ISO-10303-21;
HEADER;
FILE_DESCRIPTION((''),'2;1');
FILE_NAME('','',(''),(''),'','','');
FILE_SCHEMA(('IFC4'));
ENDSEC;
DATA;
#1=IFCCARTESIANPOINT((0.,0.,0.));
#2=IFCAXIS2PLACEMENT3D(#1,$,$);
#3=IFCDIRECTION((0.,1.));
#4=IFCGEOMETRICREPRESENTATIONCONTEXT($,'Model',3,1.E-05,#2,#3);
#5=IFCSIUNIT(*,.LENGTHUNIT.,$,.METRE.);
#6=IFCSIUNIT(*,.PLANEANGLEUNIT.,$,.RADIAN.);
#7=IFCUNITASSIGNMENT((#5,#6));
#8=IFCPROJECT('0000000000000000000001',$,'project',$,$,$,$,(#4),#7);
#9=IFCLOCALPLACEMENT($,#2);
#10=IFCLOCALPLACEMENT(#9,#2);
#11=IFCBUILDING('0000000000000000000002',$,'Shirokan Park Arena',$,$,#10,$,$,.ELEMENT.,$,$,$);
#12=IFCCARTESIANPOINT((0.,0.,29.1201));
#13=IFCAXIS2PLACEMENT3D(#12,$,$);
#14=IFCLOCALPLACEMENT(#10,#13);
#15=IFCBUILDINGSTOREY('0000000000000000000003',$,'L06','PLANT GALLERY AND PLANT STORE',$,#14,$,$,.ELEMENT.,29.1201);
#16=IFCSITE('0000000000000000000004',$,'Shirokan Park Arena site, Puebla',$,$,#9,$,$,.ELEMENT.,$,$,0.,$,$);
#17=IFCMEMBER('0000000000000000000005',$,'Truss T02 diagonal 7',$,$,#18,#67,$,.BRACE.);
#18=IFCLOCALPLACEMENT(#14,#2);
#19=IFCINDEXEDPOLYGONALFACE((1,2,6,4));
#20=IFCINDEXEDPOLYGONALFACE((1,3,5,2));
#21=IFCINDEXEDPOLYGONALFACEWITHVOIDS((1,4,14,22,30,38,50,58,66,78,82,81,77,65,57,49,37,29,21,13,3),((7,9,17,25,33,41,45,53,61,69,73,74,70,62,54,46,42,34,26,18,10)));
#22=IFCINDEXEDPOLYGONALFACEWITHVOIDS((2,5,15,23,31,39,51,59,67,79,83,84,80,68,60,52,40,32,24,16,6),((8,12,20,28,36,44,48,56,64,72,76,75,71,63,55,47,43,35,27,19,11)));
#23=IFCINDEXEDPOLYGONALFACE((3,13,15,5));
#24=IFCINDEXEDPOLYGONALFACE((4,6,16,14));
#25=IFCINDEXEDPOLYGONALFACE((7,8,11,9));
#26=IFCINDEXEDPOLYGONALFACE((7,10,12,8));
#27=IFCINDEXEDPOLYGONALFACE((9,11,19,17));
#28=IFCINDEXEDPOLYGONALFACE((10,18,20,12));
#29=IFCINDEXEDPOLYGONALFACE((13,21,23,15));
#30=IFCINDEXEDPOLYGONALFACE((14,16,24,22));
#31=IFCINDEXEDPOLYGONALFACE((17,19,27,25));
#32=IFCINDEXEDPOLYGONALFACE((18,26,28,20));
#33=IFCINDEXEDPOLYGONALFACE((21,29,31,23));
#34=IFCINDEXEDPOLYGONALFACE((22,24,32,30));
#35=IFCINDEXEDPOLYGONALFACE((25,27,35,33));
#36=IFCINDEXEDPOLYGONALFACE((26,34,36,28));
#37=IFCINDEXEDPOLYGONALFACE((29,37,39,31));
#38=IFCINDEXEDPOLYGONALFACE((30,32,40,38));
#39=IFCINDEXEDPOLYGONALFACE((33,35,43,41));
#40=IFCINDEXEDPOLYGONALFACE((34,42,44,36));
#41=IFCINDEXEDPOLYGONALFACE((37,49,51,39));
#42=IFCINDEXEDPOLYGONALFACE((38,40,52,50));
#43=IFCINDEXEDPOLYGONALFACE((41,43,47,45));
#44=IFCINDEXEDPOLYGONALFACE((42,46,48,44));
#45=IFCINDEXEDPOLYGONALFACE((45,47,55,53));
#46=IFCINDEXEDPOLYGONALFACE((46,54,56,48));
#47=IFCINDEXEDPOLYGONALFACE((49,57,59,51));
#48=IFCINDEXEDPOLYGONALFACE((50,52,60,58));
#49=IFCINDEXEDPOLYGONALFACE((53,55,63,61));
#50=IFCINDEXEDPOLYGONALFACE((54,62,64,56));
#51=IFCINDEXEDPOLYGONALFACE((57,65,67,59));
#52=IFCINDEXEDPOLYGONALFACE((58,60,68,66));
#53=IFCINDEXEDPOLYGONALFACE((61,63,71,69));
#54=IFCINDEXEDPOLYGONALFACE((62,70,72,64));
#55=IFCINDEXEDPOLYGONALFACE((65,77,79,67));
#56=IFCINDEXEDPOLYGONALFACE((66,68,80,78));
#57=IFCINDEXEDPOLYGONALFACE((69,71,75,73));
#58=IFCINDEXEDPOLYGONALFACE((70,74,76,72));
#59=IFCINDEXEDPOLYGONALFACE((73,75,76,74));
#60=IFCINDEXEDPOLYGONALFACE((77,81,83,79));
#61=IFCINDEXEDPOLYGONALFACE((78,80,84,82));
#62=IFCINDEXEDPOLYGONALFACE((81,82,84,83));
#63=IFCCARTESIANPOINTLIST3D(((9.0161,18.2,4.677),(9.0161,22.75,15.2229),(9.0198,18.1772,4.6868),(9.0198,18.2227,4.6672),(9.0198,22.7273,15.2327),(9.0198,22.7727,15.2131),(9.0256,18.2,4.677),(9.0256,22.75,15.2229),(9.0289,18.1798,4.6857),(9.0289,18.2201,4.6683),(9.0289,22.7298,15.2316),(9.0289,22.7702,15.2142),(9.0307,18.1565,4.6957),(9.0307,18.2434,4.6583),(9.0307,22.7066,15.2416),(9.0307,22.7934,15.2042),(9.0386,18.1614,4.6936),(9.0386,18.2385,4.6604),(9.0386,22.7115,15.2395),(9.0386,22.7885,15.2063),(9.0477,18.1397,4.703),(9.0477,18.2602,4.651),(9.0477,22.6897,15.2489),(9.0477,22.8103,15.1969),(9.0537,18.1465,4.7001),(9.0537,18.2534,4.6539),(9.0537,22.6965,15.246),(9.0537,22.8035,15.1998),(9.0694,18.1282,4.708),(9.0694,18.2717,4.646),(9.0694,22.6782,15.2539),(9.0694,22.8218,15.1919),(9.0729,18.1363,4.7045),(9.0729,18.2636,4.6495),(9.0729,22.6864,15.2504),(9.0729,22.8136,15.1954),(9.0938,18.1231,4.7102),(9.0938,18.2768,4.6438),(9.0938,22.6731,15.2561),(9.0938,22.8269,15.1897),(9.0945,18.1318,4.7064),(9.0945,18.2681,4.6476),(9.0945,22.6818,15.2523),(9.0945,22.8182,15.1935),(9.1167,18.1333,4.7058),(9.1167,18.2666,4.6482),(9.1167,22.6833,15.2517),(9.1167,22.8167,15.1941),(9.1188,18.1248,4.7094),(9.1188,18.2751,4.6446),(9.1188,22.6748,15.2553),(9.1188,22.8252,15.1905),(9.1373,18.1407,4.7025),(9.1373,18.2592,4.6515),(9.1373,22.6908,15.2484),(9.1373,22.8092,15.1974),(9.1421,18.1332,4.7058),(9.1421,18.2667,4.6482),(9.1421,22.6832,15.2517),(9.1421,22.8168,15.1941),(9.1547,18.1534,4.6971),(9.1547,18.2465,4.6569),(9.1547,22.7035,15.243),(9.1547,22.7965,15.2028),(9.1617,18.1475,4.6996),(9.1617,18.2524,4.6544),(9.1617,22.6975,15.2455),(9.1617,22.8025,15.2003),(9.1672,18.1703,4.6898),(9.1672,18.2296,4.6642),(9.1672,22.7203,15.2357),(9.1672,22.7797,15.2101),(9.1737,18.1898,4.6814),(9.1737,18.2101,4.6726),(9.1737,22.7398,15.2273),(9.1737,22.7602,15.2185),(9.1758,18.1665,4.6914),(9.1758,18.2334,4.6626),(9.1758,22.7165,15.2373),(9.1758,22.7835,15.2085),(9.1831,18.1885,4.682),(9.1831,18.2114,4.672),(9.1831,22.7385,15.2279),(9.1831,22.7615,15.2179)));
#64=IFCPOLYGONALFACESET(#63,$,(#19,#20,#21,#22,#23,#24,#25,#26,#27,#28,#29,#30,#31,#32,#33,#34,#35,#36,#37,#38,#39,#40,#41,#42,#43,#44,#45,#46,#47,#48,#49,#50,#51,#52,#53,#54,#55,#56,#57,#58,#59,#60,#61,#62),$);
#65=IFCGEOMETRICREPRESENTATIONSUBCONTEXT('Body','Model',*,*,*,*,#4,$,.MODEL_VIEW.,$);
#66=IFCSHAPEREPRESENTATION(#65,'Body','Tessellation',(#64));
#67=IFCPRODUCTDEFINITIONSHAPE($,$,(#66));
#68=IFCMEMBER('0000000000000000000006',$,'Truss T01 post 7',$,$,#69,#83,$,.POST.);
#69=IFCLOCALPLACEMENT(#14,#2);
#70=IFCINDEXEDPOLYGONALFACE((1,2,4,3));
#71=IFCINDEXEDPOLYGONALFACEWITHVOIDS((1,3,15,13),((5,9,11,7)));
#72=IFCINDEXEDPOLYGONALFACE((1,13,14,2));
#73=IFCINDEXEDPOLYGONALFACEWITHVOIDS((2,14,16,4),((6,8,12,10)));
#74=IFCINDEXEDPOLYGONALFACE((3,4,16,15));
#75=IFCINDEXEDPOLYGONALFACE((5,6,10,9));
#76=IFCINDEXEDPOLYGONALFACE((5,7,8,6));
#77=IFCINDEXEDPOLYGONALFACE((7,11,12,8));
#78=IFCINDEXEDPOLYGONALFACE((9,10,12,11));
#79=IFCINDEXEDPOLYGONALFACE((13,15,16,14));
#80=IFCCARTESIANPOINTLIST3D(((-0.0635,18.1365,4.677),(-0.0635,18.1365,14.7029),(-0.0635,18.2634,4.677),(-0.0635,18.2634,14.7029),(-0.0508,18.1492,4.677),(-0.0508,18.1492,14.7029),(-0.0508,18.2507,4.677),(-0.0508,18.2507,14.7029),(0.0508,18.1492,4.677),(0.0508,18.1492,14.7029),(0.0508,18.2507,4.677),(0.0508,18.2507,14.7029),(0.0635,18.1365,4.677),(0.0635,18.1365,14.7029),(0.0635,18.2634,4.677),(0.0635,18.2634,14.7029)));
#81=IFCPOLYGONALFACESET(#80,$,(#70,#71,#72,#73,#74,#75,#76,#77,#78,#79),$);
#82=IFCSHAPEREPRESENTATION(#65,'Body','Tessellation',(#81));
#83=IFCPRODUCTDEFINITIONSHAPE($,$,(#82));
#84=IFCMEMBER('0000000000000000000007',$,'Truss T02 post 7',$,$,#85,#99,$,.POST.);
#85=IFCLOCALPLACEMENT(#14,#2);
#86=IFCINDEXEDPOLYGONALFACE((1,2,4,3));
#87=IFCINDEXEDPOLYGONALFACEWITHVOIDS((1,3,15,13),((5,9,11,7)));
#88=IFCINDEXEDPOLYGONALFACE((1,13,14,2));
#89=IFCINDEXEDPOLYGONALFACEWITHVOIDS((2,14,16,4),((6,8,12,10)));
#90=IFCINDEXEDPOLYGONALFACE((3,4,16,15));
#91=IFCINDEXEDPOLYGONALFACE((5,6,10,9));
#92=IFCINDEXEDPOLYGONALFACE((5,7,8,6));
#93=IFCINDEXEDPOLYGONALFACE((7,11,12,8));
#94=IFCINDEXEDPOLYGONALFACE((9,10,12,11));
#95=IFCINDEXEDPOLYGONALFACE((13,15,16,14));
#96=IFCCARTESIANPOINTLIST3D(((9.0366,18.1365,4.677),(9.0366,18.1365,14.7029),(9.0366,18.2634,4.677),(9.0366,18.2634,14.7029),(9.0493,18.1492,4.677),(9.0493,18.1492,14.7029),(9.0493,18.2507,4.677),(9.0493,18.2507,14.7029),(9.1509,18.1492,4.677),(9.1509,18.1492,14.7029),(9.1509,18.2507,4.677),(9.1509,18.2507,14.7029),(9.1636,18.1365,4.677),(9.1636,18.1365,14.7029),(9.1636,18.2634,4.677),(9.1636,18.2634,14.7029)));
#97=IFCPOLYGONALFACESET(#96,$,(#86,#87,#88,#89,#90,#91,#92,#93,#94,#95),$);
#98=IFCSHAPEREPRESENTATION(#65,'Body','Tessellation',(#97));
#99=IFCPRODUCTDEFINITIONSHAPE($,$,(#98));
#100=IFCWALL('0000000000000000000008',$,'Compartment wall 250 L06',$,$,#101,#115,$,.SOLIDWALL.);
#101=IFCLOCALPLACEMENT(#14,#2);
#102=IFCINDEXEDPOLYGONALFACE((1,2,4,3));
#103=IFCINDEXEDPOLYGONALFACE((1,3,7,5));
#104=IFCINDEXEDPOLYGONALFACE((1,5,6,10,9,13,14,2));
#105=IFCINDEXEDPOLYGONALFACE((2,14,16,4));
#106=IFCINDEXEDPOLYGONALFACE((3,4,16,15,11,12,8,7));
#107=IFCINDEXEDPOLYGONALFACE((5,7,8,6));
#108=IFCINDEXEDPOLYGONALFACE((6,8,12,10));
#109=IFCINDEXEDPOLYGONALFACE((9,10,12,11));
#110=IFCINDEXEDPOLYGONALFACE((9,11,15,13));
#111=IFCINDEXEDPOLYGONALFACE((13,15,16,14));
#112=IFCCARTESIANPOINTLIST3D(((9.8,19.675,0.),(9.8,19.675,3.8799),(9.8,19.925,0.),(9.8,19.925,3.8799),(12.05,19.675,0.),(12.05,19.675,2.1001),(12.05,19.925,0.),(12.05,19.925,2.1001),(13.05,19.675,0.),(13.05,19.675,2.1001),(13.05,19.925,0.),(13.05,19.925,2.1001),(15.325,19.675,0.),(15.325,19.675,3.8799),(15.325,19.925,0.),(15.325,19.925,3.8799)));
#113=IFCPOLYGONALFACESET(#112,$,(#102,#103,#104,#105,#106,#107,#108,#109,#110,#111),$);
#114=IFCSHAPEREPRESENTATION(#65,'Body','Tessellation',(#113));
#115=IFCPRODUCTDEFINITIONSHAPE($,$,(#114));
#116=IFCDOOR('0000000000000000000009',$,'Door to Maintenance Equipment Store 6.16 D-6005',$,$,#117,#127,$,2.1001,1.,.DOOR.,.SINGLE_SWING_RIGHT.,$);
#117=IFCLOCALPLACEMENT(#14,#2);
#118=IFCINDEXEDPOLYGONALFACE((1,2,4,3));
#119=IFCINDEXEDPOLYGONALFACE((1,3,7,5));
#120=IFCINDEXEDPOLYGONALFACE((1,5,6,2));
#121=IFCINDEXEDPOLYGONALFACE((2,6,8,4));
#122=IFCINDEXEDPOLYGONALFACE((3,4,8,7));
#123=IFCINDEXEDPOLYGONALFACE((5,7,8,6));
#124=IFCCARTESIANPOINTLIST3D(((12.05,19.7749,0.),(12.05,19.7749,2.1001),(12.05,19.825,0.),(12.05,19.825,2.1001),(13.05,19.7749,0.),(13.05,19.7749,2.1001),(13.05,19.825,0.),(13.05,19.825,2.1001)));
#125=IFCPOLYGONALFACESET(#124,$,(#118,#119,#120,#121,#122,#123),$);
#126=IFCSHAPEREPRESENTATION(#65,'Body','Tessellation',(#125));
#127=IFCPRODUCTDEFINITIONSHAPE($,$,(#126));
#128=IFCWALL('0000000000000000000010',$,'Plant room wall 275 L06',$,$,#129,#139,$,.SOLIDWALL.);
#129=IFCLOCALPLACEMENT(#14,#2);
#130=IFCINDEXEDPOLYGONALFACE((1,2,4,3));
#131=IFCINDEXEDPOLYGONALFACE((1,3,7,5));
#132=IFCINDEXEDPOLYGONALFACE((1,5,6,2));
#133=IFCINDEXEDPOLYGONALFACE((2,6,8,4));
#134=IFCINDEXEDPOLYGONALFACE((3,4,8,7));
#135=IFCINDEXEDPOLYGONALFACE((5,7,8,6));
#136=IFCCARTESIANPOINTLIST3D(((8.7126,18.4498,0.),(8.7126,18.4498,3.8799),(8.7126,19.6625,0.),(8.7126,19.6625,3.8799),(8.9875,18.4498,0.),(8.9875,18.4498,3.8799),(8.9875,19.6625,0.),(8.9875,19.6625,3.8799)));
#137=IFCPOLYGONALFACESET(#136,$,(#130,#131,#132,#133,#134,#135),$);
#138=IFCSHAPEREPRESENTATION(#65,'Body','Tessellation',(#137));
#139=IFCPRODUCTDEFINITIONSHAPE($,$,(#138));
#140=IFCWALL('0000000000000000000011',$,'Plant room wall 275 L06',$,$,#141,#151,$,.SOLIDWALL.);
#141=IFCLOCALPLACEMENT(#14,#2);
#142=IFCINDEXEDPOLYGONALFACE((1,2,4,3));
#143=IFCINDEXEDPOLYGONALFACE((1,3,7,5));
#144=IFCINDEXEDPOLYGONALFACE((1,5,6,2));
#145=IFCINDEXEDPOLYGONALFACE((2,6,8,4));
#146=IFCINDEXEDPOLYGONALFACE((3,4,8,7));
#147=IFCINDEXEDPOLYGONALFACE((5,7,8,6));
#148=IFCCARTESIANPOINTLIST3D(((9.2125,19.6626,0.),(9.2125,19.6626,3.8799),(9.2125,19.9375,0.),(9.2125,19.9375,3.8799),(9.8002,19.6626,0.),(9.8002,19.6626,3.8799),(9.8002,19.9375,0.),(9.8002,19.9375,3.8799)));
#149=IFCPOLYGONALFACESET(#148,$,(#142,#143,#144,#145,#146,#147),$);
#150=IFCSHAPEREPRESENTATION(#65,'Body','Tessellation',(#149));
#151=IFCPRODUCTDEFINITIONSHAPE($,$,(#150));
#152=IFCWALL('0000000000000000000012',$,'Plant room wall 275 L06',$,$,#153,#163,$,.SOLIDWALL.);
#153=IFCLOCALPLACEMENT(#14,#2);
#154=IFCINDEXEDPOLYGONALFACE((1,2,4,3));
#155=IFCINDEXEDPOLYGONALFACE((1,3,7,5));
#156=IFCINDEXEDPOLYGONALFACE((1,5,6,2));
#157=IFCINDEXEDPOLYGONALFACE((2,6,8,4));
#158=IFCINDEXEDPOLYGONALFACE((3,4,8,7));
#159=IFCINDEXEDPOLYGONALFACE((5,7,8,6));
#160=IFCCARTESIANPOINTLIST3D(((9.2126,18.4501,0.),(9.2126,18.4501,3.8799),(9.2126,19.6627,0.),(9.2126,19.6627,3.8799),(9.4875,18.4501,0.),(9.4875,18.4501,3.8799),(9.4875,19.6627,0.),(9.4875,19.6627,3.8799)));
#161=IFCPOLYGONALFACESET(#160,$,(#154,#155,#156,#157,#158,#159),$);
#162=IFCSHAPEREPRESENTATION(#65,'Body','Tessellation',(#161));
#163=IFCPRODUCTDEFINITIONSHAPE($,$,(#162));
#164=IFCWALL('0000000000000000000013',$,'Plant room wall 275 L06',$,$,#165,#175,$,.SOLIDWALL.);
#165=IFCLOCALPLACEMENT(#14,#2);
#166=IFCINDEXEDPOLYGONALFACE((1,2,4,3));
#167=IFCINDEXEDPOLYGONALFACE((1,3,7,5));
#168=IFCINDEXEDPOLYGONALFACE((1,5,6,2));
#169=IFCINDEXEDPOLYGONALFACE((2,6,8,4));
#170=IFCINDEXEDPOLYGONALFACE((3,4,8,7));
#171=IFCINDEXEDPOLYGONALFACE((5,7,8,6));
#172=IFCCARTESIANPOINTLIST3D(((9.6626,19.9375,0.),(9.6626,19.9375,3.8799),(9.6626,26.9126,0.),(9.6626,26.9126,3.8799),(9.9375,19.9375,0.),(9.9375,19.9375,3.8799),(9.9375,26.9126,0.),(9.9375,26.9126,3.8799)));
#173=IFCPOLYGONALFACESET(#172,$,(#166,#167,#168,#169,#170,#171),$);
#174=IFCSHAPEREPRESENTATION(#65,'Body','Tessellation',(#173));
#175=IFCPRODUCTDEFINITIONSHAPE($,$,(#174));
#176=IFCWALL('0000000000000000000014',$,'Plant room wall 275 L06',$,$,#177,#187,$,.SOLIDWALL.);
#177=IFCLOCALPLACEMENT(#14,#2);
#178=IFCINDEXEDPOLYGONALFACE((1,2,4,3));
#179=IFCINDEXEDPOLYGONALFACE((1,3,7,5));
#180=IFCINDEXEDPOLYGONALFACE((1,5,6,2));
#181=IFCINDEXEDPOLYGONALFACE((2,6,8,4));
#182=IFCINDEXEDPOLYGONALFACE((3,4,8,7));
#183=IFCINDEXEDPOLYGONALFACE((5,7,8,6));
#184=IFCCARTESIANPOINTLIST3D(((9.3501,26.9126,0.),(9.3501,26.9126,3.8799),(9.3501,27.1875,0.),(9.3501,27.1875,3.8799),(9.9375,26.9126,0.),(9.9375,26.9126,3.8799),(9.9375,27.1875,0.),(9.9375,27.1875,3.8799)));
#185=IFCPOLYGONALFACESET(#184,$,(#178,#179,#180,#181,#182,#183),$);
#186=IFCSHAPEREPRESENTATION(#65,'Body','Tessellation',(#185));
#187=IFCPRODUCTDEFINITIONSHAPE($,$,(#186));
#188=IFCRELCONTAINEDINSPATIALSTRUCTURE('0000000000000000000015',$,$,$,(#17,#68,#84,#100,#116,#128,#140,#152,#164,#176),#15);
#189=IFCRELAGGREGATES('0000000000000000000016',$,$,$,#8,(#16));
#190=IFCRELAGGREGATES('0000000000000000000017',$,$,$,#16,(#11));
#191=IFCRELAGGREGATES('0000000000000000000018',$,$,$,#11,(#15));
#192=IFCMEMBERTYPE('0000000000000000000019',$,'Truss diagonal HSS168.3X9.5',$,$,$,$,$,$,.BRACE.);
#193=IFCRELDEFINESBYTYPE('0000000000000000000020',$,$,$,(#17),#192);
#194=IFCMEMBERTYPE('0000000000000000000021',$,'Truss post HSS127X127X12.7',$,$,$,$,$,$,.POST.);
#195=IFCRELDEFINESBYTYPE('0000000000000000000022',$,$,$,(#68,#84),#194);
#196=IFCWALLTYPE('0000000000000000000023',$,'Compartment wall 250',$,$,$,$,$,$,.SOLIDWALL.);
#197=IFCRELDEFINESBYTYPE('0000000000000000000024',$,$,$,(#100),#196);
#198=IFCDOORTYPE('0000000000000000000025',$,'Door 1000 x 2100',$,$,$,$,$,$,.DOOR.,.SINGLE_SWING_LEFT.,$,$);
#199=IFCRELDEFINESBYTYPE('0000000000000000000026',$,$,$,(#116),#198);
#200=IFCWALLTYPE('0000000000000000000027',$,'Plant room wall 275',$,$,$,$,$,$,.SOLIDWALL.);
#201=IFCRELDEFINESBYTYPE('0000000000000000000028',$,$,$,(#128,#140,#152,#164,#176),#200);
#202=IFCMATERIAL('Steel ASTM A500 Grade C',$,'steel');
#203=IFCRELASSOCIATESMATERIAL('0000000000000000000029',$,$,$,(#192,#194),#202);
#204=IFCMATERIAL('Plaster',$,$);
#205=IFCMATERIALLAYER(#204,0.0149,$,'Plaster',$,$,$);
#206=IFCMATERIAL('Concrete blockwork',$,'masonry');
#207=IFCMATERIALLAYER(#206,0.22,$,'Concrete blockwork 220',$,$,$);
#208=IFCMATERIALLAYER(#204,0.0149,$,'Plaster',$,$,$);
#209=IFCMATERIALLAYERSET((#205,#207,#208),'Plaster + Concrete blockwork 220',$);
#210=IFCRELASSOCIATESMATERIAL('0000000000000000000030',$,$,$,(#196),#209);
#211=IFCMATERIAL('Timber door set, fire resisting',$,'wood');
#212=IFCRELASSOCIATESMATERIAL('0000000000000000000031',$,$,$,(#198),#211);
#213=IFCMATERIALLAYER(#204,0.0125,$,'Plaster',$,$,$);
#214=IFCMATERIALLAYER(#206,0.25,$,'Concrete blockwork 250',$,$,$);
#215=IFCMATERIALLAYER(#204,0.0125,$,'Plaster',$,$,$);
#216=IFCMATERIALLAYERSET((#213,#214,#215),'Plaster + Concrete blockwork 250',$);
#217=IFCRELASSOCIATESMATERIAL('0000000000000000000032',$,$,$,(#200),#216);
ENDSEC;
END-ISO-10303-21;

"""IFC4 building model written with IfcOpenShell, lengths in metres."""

from ifc_helpers import new_model, si_unit, direction, frame, frame_2d, origin, origin_2d, place, context, subcontext, project, spatial, rectangle, hollow_rectangle, hollow_circle, extrude, material, layer, layer_set, material_profile, profile_set, type_object, element, fill, save


model = new_model("IFC4")

# Units and contexts
model_context = context("Model", 3, precision=1e-05, world=origin(), true_north=direction((0.0, 1.0)))
body_context = subcontext(model_context, "Body", "Model", "MODEL_VIEW")
ifc_project = project(units=[si_unit("LENGTHUNIT", "METRE"), si_unit("PLANEANGLEUNIT", "RADIAN")], contexts=[model_context])

# Site, building, storey
site_placement = place(None, origin())
site = spatial("IfcSite", under=ifc_project, at=site_placement, Name="Shirokan Park Arena site, Puebla", CompositionType="ELEMENT", RefElevation=0.0)
building_placement = place(site_placement, origin())
building = spatial("IfcBuilding", under=site, at=building_placement, Name="Shirokan Park Arena", CompositionType="ELEMENT")
storey_placement = place(building_placement, frame((0.0, 0.0, 29.1201)))
storey = spatial("IfcBuildingStorey", under=building, at=storey_placement, Name="L06", Description="PLANT GALLERY AND PLANT STORE", CompositionType="ELEMENT", Elevation=29.1201)

# Shared definitions
ifc_material_1 = material(Name="Steel ASTM A500 Grade C", Category="steel")

# Members
ifc_material_profile_1 = material_profile(ifc_material_1, hollow_circle(Radius=0.084, WallThickness=0.0095, at=origin_2d()), Name="HSS168.3X9.5")
ifc_profile_set_1 = profile_set([ifc_material_profile_1], Name="Steel ASTM A500 Grade C")
member_type_1 = type_object("IfcMemberType", Name="Truss diagonal HSS168.3X9.5", PredefinedType="BRACE", material=ifc_profile_set_1)
member_1_placement = place(storey_placement, frame((9.1001, 18.2, 4.677), z_axis=(0.0, 0.396153, 0.918185), x_axis=(-1.0, 0.0, 0.0)))
element("IfcMember", 1, at=member_1_placement, inside=storey, type_object=member_type_1, Name="Truss T02 diagonal 7", PredefinedType="BRACE", context=body_context, shape_type="SweptSolid", body=[
    extrude(hollow_circle(Radius=0.084, WallThickness=0.0095, at=origin_2d()), origin(), (0.0, 0.0, 1.0), 11.4856),
])
ifc_material_profile_2 = material_profile(ifc_material_1, hollow_rectangle(XDim=0.127, YDim=0.127, WallThickness=0.0127, at=origin_2d()), Name="HSS127X127X12.7")
ifc_profile_set_2 = profile_set([ifc_material_profile_2], Name="Steel ASTM A500 Grade C")
member_type_2 = type_object("IfcMemberType", Name="Truss post HSS127X127X12.7", PredefinedType="POST", material=ifc_profile_set_2)
for number, where, z_axis, x_axis, name in (
    (2, (0.0, 18.2, 4.677), (0.0, 0.0, 1.0), (1.0, 0.0, 0.0), "Truss T01 post 7"),
    (3, (9.1001, 18.2, 4.677), (0.0, 0.0, 1.0), (1.0, 0.0, 0.0), "Truss T02 post 7"),
):
    element("IfcMember", number, at=place(storey_placement, frame(where, z_axis=z_axis, x_axis=x_axis)), inside=storey, type_object=member_type_2, Name=name, PredefinedType="POST", context=body_context, shape_type="SweptSolid", body=[
        extrude(hollow_rectangle(XDim=0.127, YDim=0.127, WallThickness=0.0127, at=origin_2d()), origin(), (0.0, 0.0, 1.0), 10.0259),
    ])

# Wall, opening, door
ifc_material_2 = material(Name="Plaster")
ifc_layer_1 = layer(ifc_material_2, 0.0149, Name="Plaster")
ifc_material_3 = material(Name="Concrete blockwork", Category="masonry")
ifc_layer_2 = layer(ifc_material_3, 0.22, Name="Concrete blockwork 220")
ifc_layer_3 = layer(ifc_material_2, 0.0149, Name="Plaster")
ifc_layer_set_1 = layer_set([ifc_layer_1, ifc_layer_2, ifc_layer_3], Name="Plaster + Concrete blockwork 220")
wall_type_1 = type_object("IfcWallType", Name="Compartment wall 250", PredefinedType="SOLIDWALL", material=ifc_layer_set_1)
wall_1_placement = place(storey_placement, frame((9.8, 19.8, 0.0), z_axis=(0.0, 0.0, 1.0), x_axis=(1.0, 0.0, 0.0)))
wall_1 = element("IfcWall", 4, at=wall_1_placement, inside=storey, type_object=wall_type_1, Name="Compartment wall 250 L06", PredefinedType="SOLIDWALL", context=body_context, shape_type="SweptSolid", body=[
    extrude(rectangle(XDim=5.5249, YDim=0.25, at=frame_2d((2.7625, 0.0))), origin(), (0.0, 0.0, 1.0), 3.8799),
])
opening_1_placement = place(wall_1_placement, frame((2.25, 0.0, 0.0)))
opening_1 = element("IfcOpeningElement", 5, at=opening_1_placement, cuts=wall_1, PredefinedType="OPENING", context=body_context, shape_type="SweptSolid", body=[
    extrude(rectangle(XDim=1.0, YDim=2.1001, at=frame_2d((0.5, 1.05))), frame((0.0, 0.135, 0.0), z_axis=(0.0, -1.0, 0.0), x_axis=(1.0, 0.0, 0.0)), (0.0, 0.0, 1.0), 0.27),
])
ifc_material_4 = material(Name="Timber door set, fire resisting", Category="wood")
door_type_1 = type_object("IfcDoorType", Name="Door 1000 x 2100", OperationType="SINGLE_SWING_LEFT", PredefinedType="DOOR", material=ifc_material_4)
door_1_placement = place(opening_1_placement, origin())
door_1 = element("IfcDoor", 6, at=door_1_placement, inside=storey, type_object=door_type_1, Name="Door to Maintenance Equipment Store 6.16 D-6005", OperationType="SINGLE_SWING_RIGHT", OverallHeight=2.1001, OverallWidth=1.0, PredefinedType="DOOR", context=body_context, shape_type="SweptSolid", body=[
    extrude(rectangle(XDim=1.0, YDim=2.1001, at=frame_2d((0.5, 1.05))), frame((0.0, 0.0249, 0.0), z_axis=(0.0, -1.0, 0.0), x_axis=(1.0, 0.0, 0.0)), (0.0, 0.0, 1.0), 0.05),
])
fill(opening_1, door_1)

# Shared definitions
ifc_layer_4 = layer(ifc_material_2, 0.0125, Name="Plaster")
ifc_layer_5 = layer(ifc_material_3, 0.25, Name="Concrete blockwork 250")
ifc_layer_6 = layer(ifc_material_2, 0.0125, Name="Plaster")
ifc_layer_set_2 = layer_set([ifc_layer_4, ifc_layer_5, ifc_layer_6], Name="Plaster + Concrete blockwork 250")
wall_type_2 = type_object("IfcWallType", Name="Plant room wall 275", PredefinedType="SOLIDWALL", material=ifc_layer_set_2)

# Walls
wall_2_placement = place(storey_placement, frame((8.8501, 19.6626, 0.0), z_axis=(0.0, 0.0, 1.0), x_axis=(0.0, -1.0, 0.0)))
element("IfcWall", 7, at=wall_2_placement, inside=storey, type_object=wall_type_2, Name="Plant room wall 275 L06", PredefinedType="SOLIDWALL", context=body_context, shape_type="SweptSolid", body=[
    extrude(rectangle(XDim=1.2126, YDim=0.2749, at=frame_2d((0.6064, 0.0))), origin(), (0.0, 0.0, 1.0), 3.8799),
])
wall_3_placement = place(storey_placement, frame((9.2124, 19.8, 0.0), z_axis=(0.0, 0.0, 1.0), x_axis=(1.0, 0.0, 0.0)))
element("IfcWall", 8, at=wall_3_placement, inside=storey, type_object=wall_type_2, Name="Plant room wall 275 L06", PredefinedType="SOLIDWALL", context=body_context, shape_type="SweptSolid", body=[
    extrude(rectangle(XDim=0.5876, YDim=0.2749, at=frame_2d((0.2939, 0.0))), origin(), (0.0, 0.0, 1.0), 3.8799),
])
wall_4_placement = place(storey_placement, frame((9.3501, 18.45, 0.0), z_axis=(0.0, 0.0, 1.0), x_axis=(0.0, 1.0, 0.0)))
element("IfcWall", 9, at=wall_4_placement, inside=storey, type_object=wall_type_2, Name="Plant room wall 275 L06", PredefinedType="SOLIDWALL", context=body_context, shape_type="SweptSolid", body=[
    extrude(rectangle(XDim=1.2126, YDim=0.2749, at=frame_2d((0.6064, 0.0))), origin(), (0.0, 0.0, 1.0), 3.8799),
])
wall_5_placement = place(storey_placement, frame((9.8, 19.9375, 0.0), z_axis=(0.0, 0.0, 1.0), x_axis=(0.0, 1.0, 0.0)))
element("IfcWall", 10, at=wall_5_placement, inside=storey, type_object=wall_type_2, Name="Plant room wall 275 L06", PredefinedType="SOLIDWALL", context=body_context, shape_type="SweptSolid", body=[
    extrude(rectangle(XDim=6.9751, YDim=0.2749, at=frame_2d((3.4875, 0.0))), origin(), (0.0, 0.0, 1.0), 3.8799),
])
wall_6_placement = place(storey_placement, frame((9.9375, 27.05, 0.0), z_axis=(0.0, 0.0, 1.0), x_axis=(-1.0, 0.0, 0.0)))
element("IfcWall", 11, at=wall_6_placement, inside=storey, type_object=wall_type_2, Name="Plant room wall 275 L06", PredefinedType="SOLIDWALL", context=body_context, shape_type="SweptSolid", body=[
    extrude(rectangle(XDim=0.5874, YDim=0.2749, at=frame_2d((0.2937, 0.0))), origin(), (0.0, 0.0, 1.0), 3.8799),
])

save(model, "model.ifc")
